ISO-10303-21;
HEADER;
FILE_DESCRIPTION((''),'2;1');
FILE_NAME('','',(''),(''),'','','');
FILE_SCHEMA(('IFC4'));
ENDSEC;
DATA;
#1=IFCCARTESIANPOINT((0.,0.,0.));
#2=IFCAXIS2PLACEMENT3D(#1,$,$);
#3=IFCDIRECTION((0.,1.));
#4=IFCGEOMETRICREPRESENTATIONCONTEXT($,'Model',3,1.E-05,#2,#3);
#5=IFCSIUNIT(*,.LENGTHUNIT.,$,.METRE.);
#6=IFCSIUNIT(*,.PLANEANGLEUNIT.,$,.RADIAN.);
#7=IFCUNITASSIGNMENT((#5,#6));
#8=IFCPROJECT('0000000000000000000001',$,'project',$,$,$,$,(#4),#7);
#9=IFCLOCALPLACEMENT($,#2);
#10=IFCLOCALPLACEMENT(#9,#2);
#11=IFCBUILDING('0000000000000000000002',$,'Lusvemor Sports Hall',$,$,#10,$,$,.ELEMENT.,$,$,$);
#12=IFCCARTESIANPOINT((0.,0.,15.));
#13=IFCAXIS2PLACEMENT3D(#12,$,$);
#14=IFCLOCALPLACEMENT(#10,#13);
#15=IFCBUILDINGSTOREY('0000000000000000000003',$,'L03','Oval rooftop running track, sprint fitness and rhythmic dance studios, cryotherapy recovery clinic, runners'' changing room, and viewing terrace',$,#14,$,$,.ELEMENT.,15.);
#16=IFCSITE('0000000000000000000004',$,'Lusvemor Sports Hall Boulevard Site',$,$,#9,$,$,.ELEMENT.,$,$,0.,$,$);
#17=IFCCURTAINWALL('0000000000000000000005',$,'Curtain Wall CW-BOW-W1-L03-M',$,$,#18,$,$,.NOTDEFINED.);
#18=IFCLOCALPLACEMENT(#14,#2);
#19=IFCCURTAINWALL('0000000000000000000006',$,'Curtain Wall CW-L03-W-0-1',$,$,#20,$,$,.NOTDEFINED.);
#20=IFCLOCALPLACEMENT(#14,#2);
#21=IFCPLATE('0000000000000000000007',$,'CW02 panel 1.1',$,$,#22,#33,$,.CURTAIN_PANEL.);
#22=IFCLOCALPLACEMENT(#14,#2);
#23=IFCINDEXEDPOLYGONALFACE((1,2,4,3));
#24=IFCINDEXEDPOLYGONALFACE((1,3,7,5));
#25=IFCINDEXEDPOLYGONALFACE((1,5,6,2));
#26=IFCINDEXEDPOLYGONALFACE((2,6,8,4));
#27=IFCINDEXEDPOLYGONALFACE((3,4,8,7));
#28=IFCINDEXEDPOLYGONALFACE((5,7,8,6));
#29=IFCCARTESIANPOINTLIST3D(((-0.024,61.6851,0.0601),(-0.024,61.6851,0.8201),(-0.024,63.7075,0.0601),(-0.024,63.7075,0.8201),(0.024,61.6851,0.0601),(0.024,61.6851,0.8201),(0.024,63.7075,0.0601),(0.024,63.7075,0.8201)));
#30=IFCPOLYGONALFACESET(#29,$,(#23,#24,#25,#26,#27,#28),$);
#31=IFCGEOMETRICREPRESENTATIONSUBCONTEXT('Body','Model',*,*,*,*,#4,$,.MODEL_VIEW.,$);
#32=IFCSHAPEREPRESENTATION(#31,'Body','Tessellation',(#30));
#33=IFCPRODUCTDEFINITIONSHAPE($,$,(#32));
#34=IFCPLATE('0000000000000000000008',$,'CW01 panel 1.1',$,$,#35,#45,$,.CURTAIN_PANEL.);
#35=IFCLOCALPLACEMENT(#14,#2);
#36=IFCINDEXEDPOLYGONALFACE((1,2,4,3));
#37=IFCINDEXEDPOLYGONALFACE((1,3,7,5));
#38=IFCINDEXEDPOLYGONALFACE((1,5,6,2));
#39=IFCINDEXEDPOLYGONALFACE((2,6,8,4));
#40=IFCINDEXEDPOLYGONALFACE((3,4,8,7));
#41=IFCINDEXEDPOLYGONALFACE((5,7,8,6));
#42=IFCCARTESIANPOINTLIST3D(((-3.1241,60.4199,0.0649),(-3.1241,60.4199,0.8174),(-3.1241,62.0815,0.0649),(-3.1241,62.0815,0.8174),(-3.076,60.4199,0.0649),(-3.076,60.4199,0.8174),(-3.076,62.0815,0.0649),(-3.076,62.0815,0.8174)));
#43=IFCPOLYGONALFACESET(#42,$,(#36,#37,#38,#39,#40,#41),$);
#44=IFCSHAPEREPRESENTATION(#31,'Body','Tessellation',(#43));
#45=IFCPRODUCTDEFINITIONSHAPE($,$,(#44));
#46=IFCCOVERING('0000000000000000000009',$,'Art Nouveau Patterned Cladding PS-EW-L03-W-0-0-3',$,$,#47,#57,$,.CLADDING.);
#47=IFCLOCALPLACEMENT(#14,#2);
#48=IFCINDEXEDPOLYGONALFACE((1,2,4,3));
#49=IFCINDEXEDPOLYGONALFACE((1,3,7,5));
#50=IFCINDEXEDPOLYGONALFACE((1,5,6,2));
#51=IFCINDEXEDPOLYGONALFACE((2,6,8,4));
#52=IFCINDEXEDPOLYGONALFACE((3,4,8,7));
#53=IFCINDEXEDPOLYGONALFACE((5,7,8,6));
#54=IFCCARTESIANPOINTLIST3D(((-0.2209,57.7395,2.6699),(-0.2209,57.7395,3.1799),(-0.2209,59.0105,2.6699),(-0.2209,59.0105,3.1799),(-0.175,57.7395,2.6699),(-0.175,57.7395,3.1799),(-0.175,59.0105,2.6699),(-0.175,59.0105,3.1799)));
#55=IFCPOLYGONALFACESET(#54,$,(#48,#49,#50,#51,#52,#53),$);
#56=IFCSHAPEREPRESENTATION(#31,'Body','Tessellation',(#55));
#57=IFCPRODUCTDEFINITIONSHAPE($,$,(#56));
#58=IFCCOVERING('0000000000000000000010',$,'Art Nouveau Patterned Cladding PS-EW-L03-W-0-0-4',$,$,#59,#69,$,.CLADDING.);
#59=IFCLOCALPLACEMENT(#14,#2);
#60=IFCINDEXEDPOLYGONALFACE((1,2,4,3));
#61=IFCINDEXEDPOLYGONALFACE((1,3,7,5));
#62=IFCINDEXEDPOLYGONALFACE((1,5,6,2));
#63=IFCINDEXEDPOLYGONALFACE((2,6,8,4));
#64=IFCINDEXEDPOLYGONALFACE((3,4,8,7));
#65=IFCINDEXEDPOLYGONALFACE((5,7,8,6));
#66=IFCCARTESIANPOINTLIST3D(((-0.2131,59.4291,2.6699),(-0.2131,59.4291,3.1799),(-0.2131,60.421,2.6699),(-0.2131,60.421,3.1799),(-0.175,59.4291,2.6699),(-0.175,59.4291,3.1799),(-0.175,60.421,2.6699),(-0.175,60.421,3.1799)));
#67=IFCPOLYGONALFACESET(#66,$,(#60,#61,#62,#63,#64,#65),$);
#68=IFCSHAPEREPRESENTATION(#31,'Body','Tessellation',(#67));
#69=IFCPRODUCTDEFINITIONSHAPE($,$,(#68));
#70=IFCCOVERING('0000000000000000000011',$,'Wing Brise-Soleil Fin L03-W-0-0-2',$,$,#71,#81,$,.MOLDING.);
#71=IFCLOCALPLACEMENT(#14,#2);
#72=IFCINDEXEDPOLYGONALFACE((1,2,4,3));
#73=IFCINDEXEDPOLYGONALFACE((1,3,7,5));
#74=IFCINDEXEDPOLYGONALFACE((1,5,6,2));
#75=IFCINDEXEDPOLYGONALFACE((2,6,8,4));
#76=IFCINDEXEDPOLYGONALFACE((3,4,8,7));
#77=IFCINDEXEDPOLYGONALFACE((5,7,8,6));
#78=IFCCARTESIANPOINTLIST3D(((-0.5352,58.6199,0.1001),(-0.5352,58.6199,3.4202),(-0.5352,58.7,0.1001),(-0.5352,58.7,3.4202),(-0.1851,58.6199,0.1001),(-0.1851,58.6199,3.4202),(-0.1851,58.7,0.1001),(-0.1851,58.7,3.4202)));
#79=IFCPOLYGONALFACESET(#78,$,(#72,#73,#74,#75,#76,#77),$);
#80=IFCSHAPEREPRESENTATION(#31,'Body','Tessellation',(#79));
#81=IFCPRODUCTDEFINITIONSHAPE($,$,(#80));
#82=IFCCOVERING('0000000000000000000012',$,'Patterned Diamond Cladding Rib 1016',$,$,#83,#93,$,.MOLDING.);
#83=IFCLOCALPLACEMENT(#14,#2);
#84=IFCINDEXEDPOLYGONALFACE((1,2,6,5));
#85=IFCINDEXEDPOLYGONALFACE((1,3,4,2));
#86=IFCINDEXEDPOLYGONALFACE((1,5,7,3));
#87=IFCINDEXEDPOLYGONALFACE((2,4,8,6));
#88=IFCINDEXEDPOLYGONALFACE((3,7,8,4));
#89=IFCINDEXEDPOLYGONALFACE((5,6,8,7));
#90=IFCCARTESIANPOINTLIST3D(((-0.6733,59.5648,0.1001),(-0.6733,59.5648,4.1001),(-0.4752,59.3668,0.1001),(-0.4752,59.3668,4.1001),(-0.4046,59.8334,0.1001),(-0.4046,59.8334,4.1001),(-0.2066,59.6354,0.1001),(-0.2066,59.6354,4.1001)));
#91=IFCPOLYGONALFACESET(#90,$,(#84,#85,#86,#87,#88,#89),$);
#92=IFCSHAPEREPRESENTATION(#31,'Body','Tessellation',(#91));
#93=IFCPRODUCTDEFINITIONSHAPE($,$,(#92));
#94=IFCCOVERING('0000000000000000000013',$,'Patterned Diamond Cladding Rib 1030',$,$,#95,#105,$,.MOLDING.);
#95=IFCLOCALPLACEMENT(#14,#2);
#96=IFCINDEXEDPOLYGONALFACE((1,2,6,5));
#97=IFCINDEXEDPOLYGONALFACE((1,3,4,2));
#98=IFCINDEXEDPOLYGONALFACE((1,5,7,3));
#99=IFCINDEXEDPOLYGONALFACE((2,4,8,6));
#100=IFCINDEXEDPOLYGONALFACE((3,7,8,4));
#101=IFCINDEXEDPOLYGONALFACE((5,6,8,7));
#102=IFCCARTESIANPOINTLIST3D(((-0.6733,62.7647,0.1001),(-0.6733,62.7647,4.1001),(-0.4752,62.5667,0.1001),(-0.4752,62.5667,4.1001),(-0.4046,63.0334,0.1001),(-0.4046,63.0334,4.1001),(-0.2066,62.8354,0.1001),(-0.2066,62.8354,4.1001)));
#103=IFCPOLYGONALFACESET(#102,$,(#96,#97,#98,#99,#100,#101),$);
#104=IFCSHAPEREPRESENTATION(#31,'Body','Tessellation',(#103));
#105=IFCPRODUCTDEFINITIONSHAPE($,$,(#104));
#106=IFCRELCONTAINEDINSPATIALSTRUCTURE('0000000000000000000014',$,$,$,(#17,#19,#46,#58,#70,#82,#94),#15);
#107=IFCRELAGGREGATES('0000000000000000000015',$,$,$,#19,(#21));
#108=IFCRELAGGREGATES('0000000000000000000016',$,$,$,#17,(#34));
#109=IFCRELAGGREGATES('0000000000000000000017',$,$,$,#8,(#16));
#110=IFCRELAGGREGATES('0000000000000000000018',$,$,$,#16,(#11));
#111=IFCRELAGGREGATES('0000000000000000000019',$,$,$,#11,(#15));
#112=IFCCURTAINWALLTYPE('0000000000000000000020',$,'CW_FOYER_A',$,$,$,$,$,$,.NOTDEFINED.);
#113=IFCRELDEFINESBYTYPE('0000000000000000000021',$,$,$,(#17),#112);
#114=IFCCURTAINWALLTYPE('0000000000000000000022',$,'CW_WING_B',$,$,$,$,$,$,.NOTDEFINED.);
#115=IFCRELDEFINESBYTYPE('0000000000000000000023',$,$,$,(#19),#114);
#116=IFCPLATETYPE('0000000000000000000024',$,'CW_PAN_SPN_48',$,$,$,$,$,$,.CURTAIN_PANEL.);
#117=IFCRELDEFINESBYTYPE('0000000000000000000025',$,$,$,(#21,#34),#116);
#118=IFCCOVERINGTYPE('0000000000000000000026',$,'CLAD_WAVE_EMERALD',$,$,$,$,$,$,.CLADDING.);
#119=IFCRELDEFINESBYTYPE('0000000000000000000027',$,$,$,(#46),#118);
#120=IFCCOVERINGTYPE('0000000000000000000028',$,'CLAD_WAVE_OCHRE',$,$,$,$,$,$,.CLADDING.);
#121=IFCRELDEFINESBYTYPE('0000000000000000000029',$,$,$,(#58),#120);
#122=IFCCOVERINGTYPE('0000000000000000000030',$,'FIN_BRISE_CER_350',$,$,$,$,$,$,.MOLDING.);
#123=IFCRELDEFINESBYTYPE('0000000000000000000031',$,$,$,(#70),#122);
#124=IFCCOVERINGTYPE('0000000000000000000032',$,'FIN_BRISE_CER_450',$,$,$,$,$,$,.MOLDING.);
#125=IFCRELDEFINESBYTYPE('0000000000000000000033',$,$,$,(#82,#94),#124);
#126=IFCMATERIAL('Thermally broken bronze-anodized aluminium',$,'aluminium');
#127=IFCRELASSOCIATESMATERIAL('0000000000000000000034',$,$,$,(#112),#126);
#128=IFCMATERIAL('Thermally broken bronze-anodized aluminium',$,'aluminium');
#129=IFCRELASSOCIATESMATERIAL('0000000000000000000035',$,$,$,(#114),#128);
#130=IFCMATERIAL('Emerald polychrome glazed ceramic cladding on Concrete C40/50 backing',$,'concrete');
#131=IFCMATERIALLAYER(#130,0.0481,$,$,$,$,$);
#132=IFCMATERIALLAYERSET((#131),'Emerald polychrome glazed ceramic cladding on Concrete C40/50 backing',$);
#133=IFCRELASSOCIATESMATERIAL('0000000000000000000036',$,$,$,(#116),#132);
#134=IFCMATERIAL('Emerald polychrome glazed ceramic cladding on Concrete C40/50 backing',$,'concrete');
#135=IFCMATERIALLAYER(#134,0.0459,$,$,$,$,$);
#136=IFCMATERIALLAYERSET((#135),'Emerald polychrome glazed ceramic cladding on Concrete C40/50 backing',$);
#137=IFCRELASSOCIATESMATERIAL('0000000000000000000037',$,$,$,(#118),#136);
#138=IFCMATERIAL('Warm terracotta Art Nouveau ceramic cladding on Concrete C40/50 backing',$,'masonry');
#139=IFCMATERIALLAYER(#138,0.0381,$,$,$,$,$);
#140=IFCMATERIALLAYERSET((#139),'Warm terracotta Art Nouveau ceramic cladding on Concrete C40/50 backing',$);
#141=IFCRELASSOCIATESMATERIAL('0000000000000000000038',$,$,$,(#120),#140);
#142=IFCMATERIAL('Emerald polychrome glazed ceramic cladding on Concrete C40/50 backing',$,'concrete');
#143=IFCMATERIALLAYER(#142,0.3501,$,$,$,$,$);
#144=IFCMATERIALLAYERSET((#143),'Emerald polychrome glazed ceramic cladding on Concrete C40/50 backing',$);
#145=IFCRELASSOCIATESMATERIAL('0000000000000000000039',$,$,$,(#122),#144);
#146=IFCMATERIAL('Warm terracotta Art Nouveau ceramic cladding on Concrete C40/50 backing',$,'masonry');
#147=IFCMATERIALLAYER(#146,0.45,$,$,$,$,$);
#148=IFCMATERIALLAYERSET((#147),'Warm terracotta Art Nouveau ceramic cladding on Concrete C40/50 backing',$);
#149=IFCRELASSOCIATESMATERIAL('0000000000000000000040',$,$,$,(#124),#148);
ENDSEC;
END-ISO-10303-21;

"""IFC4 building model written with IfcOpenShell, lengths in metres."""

from ifc_helpers import new_model, si_unit, direction, frame, origin, origin_2d, place, context, subcontext, project, spatial, rectangle, extrude, material, layer, layer_set, type_object, element, aggregate, save


model = new_model("IFC4")

# Units and contexts
model_context = context("Model", 3, precision=1e-05, world=origin(), true_north=direction((0.0, 1.0)))
body_context = subcontext(model_context, "Body", "Model", "MODEL_VIEW")
ifc_project = project(units=[si_unit("LENGTHUNIT", "METRE"), si_unit("PLANEANGLEUNIT", "RADIAN")], contexts=[model_context])

# Site, building, storey
site_placement = place(None, origin())
site = spatial("IfcSite", under=ifc_project, at=site_placement, Name="Lusvemor Sports Hall Boulevard Site", CompositionType="ELEMENT", RefElevation=0.0)
building_placement = place(site_placement, origin())
building = spatial("IfcBuilding", under=site, at=building_placement, Name="Lusvemor Sports Hall", CompositionType="ELEMENT")
storey_placement = place(building_placement, frame((0.0, 0.0, 15.0)))
storey = spatial("IfcBuildingStorey", under=building, at=storey_placement, Name="L03", Description="Oval rooftop running track, sprint fitness and rhythmic dance studios, cryotherapy recovery clinic, runners' changing room, and viewing terrace", CompositionType="ELEMENT", Elevation=15.0)

# Curtain wall
ifc_material_1 = material(Name="Thermally broken bronze-anodized aluminium", Category="aluminium")
curtain_wall_type_1 = type_object("IfcCurtainWallType", Name="CW_FOYER_A", PredefinedType="NOTDEFINED", material=ifc_material_1)
curtain_wall_1_placement = place(storey_placement, origin())
curtain_wall_1 = element("IfcCurtainWall", 1, at=curtain_wall_1_placement, inside=storey, type_object=curtain_wall_type_1, Name="Curtain Wall CW-BOW-W1-L03-M", PredefinedType="NOTDEFINED")

# Curtain wall
ifc_material_2 = material(Name="Thermally broken bronze-anodized aluminium", Category="aluminium")
curtain_wall_type_2 = type_object("IfcCurtainWallType", Name="CW_WING_B", PredefinedType="NOTDEFINED", material=ifc_material_2)
curtain_wall_2_placement = place(storey_placement, origin())
curtain_wall_2 = element("IfcCurtainWall", 2, at=curtain_wall_2_placement, inside=storey, type_object=curtain_wall_type_2, Name="Curtain Wall CW-L03-W-0-1", PredefinedType="NOTDEFINED")

# Plates
ifc_material_3 = material(Name="Emerald polychrome glazed ceramic cladding on Concrete C40/50 backing", Category="concrete")
ifc_layer_1 = layer(ifc_material_3, 0.0481)
ifc_layer_set_1 = layer_set([ifc_layer_1], Name="Emerald polychrome glazed ceramic cladding on Concrete C40/50 backing")
plate_type_1 = type_object("IfcPlateType", Name="CW_PAN_SPN_48", PredefinedType="CURTAIN_PANEL", material=ifc_layer_set_1)
plate_1_placement = place(storey_placement, frame((0.0, 62.6963, 0.0601), z_axis=(0.0, 0.0, 1.0), x_axis=(0.0, 1.0, 0.0)))
plate_1 = element("IfcPlate", 3, at=plate_1_placement, type_object=plate_type_1, Name="CW02 panel 1.1", PredefinedType="CURTAIN_PANEL", context=body_context, shape_type="SweptSolid", body=[
    extrude(rectangle(XDim=2.0225, YDim=0.0481, at=origin_2d()), origin(), (0.0, 0.0, 1.0), 0.76),
])
aggregate(curtain_wall_2, [plate_1])
plate_2_placement = place(storey_placement, frame((-3.1001, 61.2507, 0.0649), z_axis=(0.0, 0.0, 1.0), x_axis=(0.0, 1.0, 0.0)))
plate_2 = element("IfcPlate", 4, at=plate_2_placement, type_object=plate_type_1, Name="CW01 panel 1.1", PredefinedType="CURTAIN_PANEL", context=body_context, shape_type="SweptSolid", body=[
    extrude(rectangle(XDim=1.6616, YDim=0.0481, at=origin_2d()), origin(), (0.0, 0.0, 1.0), 0.7524),
])
aggregate(curtain_wall_1, [plate_2])

# Coverings
ifc_material_4 = material(Name="Emerald polychrome glazed ceramic cladding on Concrete C40/50 backing", Category="concrete")
ifc_layer_2 = layer(ifc_material_4, 0.0459)
ifc_layer_set_2 = layer_set([ifc_layer_2], Name="Emerald polychrome glazed ceramic cladding on Concrete C40/50 backing")
covering_type_1 = type_object("IfcCoveringType", Name="CLAD_WAVE_EMERALD", PredefinedType="CLADDING", material=ifc_layer_set_2)
covering_1_placement = place(storey_placement, frame((-0.198, 58.375, 2.6699), z_axis=(0.0, 0.0, 1.0), x_axis=(1.0, 0.0, 0.0)))
element("IfcCovering", 5, at=covering_1_placement, inside=storey, type_object=covering_type_1, Name="Art Nouveau Patterned Cladding PS-EW-L03-W-0-0-3", PredefinedType="CLADDING", context=body_context, shape_type="SweptSolid", body=[
    extrude(rectangle(XDim=0.0459, YDim=1.271, at=origin_2d()), origin(), (0.0, 0.0, 1.0), 0.51),
])
ifc_material_5 = material(Name="Warm terracotta Art Nouveau ceramic cladding on Concrete C40/50 backing", Category="masonry")
ifc_layer_3 = layer(ifc_material_5, 0.0381)
ifc_layer_set_3 = layer_set([ifc_layer_3], Name="Warm terracotta Art Nouveau ceramic cladding on Concrete C40/50 backing")
covering_type_2 = type_object("IfcCoveringType", Name="CLAD_WAVE_OCHRE", PredefinedType="CLADDING", material=ifc_layer_set_3)
covering_2_placement = place(storey_placement, frame((-0.1941, 59.925, 2.6699), z_axis=(0.0, 0.0, 1.0), x_axis=(1.0, 0.0, 0.0)))
element("IfcCovering", 6, at=covering_2_placement, inside=storey, type_object=covering_type_2, Name="Art Nouveau Patterned Cladding PS-EW-L03-W-0-0-4", PredefinedType="CLADDING", context=body_context, shape_type="SweptSolid", body=[
    extrude(rectangle(XDim=0.0381, YDim=0.9919, at=origin_2d()), origin(), (0.0, 0.0, 1.0), 0.51),
])
ifc_material_6 = material(Name="Emerald polychrome glazed ceramic cladding on Concrete C40/50 backing", Category="concrete")
ifc_layer_4 = layer(ifc_material_6, 0.3501)
ifc_layer_set_4 = layer_set([ifc_layer_4], Name="Emerald polychrome glazed ceramic cladding on Concrete C40/50 backing")
covering_type_3 = type_object("IfcCoveringType", Name="FIN_BRISE_CER_350", PredefinedType="MOLDING", material=ifc_layer_set_4)
covering_3_placement = place(storey_placement, frame((-0.3601, 58.6599, 0.1001), z_axis=(0.0, 0.0, 1.0), x_axis=(1.0, 0.0, 0.0)))
element("IfcCovering", 7, at=covering_3_placement, inside=storey, type_object=covering_type_3, Name="Wing Brise-Soleil Fin L03-W-0-0-2", PredefinedType="MOLDING", context=body_context, shape_type="SweptSolid", body=[
    extrude(rectangle(XDim=0.3501, YDim=0.0801, at=origin_2d()), origin(), (0.0, 0.0, 1.0), 3.3201),
])
ifc_material_7 = material(Name="Warm terracotta Art Nouveau ceramic cladding on Concrete C40/50 backing", Category="masonry")
ifc_layer_5 = layer(ifc_material_7, 0.45)
ifc_layer_set_5 = layer_set([ifc_layer_5], Name="Warm terracotta Art Nouveau ceramic cladding on Concrete C40/50 backing")
covering_type_4 = type_object("IfcCoveringType", Name="FIN_BRISE_CER_450", PredefinedType="MOLDING", material=ifc_layer_set_5)
for number, where, z_axis, x_axis, name in (
    (8, (-0.4399, 59.6001, 0.1001), (0.0, 0.0, 1.0), (0.707107, 0.707107, 0.0), "Patterned Diamond Cladding Rib 1016"),
    (9, (-0.4399, 62.8, 0.1001), (0.0, 0.0, 1.0), (0.707107, 0.707107, 0.0), "Patterned Diamond Cladding Rib 1030"),
):
    element("IfcCovering", number, at=place(storey_placement, frame(where, z_axis=z_axis, x_axis=x_axis)), inside=storey, type_object=covering_type_4, Name=name, PredefinedType="MOLDING", context=body_context, shape_type="SweptSolid", body=[
        extrude(rectangle(XDim=0.3799, YDim=0.28, at=origin_2d()), origin(), (0.0, 0.0, 1.0), 4.0),
    ])

save(model, "model.ifc")
